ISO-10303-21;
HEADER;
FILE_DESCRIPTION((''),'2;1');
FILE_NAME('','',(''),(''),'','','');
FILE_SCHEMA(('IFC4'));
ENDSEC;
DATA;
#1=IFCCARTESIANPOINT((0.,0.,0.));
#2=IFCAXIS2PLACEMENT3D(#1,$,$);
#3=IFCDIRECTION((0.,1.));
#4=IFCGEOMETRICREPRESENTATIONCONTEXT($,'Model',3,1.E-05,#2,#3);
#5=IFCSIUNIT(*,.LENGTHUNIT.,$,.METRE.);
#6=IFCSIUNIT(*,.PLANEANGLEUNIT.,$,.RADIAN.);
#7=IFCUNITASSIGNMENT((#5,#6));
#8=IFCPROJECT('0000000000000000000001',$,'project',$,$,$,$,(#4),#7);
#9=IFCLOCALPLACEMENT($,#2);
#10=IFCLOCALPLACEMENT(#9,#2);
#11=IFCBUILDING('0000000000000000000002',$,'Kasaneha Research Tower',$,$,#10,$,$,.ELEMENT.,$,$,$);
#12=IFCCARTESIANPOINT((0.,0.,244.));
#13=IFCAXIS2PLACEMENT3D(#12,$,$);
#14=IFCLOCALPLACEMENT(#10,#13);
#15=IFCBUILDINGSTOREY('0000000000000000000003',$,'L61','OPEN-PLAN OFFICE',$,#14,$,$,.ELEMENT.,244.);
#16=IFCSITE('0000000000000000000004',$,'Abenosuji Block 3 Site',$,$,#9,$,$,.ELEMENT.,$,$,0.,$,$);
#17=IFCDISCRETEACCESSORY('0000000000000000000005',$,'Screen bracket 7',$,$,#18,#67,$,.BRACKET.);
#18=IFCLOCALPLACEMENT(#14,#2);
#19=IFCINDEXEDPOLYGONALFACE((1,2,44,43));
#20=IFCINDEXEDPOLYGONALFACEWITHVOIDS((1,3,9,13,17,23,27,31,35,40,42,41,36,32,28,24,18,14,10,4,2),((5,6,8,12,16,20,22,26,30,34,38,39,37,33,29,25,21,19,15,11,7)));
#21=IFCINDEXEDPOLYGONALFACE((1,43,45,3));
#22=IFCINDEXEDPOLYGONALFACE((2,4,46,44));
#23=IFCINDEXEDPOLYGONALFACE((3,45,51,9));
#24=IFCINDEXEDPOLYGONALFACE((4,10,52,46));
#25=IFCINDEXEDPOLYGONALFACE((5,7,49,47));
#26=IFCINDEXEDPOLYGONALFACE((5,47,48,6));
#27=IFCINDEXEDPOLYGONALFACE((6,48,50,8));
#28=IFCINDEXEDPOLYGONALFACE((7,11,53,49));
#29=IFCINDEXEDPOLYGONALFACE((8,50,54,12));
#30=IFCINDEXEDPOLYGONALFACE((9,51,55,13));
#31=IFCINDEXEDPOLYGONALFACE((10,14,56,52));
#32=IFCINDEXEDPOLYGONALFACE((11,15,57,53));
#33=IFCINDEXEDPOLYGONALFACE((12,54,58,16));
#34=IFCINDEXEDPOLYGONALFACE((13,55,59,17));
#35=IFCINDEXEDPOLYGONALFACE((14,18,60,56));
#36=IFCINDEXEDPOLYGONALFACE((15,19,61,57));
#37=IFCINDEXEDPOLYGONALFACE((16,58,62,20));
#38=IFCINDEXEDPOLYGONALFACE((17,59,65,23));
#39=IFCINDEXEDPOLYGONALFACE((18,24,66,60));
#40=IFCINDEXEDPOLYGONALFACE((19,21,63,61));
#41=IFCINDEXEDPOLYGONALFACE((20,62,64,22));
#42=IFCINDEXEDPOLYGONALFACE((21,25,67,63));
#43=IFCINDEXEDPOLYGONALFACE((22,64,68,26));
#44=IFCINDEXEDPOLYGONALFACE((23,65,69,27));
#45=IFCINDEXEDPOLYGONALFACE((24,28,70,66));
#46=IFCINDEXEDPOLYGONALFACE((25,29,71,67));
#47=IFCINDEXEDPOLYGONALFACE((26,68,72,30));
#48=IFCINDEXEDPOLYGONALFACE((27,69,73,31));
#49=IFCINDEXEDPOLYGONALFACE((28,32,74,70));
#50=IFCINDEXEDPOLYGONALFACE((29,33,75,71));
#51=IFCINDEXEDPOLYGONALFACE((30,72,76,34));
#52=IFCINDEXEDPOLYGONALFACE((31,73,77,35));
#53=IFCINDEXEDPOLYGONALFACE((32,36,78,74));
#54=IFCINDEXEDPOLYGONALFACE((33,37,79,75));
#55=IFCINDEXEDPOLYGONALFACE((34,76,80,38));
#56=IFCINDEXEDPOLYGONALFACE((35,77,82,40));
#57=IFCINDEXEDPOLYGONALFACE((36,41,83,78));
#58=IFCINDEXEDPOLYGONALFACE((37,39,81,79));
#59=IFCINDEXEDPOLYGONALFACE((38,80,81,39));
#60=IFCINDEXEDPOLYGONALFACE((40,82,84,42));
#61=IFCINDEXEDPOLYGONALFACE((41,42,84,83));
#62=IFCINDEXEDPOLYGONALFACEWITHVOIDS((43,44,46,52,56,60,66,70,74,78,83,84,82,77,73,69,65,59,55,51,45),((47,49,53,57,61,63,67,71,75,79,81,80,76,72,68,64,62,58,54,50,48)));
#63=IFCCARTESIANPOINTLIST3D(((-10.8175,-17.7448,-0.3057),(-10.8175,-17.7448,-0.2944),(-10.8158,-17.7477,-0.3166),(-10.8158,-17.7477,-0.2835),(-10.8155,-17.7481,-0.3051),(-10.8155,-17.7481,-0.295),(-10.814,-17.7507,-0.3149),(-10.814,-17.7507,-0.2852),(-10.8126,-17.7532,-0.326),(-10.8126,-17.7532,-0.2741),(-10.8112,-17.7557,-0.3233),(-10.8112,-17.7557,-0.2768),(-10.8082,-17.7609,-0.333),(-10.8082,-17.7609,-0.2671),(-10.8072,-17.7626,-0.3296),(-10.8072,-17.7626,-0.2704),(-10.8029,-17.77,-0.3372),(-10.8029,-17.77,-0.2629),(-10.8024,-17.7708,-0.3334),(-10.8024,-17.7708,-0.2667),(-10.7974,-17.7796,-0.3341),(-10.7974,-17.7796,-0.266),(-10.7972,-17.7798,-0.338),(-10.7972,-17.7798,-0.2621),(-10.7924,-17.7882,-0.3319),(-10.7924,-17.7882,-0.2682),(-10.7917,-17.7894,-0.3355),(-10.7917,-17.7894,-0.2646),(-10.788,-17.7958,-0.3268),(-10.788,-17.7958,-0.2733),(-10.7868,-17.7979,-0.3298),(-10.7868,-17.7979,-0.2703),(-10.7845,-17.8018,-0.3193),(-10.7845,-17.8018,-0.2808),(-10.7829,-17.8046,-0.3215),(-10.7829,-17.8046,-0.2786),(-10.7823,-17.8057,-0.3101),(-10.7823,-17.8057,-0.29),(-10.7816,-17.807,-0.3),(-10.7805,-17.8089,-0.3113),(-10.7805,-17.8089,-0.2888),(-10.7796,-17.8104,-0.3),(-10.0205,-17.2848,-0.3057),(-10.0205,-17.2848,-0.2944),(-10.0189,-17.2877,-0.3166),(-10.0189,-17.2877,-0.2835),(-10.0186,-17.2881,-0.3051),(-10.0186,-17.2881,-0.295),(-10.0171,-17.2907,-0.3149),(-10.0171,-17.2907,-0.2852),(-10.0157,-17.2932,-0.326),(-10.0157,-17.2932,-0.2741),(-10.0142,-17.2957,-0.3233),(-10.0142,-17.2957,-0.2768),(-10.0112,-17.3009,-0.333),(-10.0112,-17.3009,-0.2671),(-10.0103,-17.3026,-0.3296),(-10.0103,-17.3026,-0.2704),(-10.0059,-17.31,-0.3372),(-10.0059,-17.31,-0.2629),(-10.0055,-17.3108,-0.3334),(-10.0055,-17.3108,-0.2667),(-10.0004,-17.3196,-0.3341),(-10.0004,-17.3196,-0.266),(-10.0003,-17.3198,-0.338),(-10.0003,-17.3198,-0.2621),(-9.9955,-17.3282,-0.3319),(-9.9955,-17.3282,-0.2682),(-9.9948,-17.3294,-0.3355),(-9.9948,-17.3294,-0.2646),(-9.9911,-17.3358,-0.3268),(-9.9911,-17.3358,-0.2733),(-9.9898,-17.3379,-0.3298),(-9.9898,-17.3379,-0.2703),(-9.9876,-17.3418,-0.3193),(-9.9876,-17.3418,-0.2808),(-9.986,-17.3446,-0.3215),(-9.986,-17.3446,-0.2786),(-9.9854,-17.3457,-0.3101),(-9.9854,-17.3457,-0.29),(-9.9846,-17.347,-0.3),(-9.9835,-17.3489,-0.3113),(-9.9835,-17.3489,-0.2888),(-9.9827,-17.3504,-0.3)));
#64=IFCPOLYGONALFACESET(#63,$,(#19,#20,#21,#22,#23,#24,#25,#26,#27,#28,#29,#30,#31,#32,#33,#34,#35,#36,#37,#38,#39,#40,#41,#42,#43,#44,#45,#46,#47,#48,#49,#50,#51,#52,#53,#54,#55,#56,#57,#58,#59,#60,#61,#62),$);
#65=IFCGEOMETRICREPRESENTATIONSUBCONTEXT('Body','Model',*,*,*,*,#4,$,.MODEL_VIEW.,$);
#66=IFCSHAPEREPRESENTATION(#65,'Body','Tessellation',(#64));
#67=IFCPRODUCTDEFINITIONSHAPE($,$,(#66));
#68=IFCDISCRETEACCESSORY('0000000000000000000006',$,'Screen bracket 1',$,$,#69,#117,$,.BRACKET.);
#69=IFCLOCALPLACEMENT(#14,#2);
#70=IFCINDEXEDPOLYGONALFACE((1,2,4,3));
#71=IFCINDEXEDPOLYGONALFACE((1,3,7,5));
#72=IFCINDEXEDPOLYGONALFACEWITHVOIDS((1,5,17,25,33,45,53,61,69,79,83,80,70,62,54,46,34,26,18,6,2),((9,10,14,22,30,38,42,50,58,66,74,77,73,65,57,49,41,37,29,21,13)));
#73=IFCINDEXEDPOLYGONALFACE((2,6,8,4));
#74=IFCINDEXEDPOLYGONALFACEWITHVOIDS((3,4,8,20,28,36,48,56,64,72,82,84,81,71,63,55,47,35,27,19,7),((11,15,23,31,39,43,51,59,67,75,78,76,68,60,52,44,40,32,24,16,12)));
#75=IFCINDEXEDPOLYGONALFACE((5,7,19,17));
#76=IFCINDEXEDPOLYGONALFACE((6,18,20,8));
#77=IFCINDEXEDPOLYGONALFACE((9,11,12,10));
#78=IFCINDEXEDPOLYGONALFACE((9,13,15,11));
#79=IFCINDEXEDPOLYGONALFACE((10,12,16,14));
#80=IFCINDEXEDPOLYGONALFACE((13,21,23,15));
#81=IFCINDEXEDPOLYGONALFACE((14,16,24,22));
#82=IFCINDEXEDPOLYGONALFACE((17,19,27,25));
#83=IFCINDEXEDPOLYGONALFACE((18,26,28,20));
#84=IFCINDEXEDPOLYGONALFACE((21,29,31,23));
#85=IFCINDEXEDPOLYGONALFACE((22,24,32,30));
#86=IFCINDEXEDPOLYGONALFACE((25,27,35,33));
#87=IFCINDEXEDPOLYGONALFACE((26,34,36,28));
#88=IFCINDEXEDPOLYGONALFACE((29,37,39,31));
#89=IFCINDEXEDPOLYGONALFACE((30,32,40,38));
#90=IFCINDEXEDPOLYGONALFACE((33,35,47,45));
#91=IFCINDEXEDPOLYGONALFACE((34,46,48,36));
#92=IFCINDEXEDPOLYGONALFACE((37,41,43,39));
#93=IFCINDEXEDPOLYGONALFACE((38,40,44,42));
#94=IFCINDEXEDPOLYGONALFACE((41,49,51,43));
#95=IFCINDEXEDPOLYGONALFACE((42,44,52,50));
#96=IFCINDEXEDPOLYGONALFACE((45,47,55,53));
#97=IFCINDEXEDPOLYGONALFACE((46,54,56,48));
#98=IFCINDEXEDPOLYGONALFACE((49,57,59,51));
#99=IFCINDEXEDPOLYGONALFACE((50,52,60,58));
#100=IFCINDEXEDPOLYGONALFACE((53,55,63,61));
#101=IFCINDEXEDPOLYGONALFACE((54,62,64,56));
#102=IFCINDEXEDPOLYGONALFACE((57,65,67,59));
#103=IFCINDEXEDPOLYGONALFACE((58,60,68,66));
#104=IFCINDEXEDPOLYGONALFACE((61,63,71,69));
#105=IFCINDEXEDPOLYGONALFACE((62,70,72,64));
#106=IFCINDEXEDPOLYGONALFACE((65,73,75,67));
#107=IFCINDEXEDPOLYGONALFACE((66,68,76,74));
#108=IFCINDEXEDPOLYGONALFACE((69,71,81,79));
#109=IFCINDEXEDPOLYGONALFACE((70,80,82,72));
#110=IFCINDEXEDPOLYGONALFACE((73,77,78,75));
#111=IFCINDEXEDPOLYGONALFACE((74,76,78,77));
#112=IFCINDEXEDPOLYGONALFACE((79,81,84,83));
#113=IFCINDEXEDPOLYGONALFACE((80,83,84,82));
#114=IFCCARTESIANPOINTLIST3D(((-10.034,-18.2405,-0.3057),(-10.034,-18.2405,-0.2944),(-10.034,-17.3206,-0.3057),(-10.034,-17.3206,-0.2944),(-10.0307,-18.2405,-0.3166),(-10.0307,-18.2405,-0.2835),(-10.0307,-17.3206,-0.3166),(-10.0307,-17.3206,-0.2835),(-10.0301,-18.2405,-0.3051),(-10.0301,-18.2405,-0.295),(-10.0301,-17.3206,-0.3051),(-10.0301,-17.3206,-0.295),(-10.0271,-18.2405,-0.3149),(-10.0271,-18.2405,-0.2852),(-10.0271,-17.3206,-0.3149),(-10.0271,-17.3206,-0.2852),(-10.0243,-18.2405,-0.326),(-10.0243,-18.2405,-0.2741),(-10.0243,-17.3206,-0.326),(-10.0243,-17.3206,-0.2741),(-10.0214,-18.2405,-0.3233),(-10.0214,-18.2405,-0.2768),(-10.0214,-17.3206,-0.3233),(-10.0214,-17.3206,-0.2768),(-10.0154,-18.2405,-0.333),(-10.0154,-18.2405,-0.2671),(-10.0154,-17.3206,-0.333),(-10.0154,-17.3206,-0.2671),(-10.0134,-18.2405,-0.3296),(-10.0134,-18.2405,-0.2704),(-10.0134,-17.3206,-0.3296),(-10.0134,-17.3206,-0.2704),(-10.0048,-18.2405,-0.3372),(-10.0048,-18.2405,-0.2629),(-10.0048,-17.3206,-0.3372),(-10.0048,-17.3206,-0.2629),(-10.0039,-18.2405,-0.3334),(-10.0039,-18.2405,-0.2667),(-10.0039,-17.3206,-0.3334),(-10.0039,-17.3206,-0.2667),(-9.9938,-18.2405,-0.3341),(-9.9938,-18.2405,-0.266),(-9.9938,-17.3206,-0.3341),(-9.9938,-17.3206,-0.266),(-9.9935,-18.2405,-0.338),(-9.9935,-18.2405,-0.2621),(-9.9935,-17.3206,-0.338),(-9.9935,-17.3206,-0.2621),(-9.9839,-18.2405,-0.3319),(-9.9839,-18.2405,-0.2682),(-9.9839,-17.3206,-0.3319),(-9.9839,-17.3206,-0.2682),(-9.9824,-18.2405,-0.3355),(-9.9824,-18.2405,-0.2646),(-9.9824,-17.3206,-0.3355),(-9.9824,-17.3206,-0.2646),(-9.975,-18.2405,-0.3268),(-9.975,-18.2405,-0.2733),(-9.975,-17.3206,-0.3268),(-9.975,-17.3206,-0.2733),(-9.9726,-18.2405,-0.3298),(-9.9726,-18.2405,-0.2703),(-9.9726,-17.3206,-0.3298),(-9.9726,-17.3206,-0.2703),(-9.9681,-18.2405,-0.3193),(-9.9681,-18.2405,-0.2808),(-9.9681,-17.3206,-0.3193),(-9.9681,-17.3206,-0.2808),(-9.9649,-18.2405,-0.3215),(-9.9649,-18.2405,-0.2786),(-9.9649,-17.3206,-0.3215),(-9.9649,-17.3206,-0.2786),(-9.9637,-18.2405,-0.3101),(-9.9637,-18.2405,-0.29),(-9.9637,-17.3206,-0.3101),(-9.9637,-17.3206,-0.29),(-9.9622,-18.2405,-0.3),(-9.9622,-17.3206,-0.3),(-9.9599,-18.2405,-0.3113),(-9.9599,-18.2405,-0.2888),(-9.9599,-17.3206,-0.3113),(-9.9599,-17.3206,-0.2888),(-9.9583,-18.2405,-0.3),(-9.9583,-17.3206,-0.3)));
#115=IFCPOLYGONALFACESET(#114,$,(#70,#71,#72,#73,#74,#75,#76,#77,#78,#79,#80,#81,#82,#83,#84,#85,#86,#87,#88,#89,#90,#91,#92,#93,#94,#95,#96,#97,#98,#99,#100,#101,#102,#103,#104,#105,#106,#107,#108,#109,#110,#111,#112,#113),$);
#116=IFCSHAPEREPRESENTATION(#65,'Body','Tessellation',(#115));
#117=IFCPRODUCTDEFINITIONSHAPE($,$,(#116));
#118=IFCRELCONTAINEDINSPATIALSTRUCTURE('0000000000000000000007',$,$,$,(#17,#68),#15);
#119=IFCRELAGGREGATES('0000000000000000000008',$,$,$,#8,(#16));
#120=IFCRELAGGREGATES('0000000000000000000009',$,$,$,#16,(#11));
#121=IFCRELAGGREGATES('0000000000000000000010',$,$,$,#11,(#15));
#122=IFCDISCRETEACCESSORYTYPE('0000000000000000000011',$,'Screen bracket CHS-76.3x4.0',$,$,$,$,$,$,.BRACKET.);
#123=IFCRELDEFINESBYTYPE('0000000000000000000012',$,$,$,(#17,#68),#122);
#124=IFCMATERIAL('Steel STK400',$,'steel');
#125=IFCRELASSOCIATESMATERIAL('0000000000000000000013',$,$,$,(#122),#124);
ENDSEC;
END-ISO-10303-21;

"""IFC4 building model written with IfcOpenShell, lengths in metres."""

from ifc_helpers import new_model, si_unit, direction, frame, origin, origin_2d, place, context, subcontext, project, spatial, hollow_circle, extrude, material, material_profile, profile_set, type_object, element, save


model = new_model("IFC4")

# Units and contexts
model_context = context("Model", 3, precision=1e-05, world=origin(), true_north=direction((0.0, 1.0)))
body_context = subcontext(model_context, "Body", "Model", "MODEL_VIEW")
ifc_project = project(units=[si_unit("LENGTHUNIT", "METRE"), si_unit("PLANEANGLEUNIT", "RADIAN")], contexts=[model_context])

# Site, building, storey
site_placement = place(None, origin())
site = spatial("IfcSite", under=ifc_project, at=site_placement, Name="Abenosuji Block 3 Site", CompositionType="ELEMENT", RefElevation=0.0)
building_placement = place(site_placement, origin())
building = spatial("IfcBuilding", under=site, at=building_placement, Name="Kasaneha Research Tower", CompositionType="ELEMENT")
storey_placement = place(building_placement, frame((0.0, 0.0, 244.0)))
storey = spatial("IfcBuildingStorey", under=building, at=storey_placement, Name="L61", Description="OPEN-PLAN OFFICE", CompositionType="ELEMENT", Elevation=244.0)

# Discrete accessories
ifc_material_1 = material(Name="Steel STK400", Category="steel")
ifc_material_profile_1 = material_profile(ifc_material_1, hollow_circle(Radius=0.0381, WallThickness=0.0039, at=origin_2d()), Name="CHS-76.3x4.0")
ifc_profile_set_1 = profile_set([ifc_material_profile_1], Name="Steel STK400")
discrete_accessory_type = type_object("IfcDiscreteAccessoryType", Name="Screen bracket CHS-76.3x4.0", PredefinedType="BRACKET", material=ifc_profile_set_1)
discrete_accessory_1_placement = place(storey_placement, frame((-10.0017, -17.3174, -0.3), z_axis=(-0.86608, -0.499906, 0.0), x_axis=(0.499906, -0.86608, 0.0)))
element("IfcDiscreteAccessory", 1, at=discrete_accessory_1_placement, inside=storey, type_object=discrete_accessory_type, Name="Screen bracket 7", PredefinedType="BRACKET", context=body_context, shape_type="SweptSolid", body=[
    extrude(hollow_circle(Radius=0.0381, WallThickness=0.0039, at=origin_2d()), origin(), (0.0, 0.0, 1.0), 0.9202),
])
discrete_accessory_2_placement = place(storey_placement, frame((-9.9963, -17.3206, -0.3), z_axis=(0.0, -1.0, 0.0), x_axis=(1.0, 0.0, 0.0)))
element("IfcDiscreteAccessory", 2, at=discrete_accessory_2_placement, inside=storey, type_object=discrete_accessory_type, Name="Screen bracket 1", PredefinedType="BRACKET", context=body_context, shape_type="SweptSolid", body=[
    extrude(hollow_circle(Radius=0.0381, WallThickness=0.0039, at=origin_2d()), origin(), (0.0, 0.0, 1.0), 0.9199),
])

save(model, "model.ifc")
